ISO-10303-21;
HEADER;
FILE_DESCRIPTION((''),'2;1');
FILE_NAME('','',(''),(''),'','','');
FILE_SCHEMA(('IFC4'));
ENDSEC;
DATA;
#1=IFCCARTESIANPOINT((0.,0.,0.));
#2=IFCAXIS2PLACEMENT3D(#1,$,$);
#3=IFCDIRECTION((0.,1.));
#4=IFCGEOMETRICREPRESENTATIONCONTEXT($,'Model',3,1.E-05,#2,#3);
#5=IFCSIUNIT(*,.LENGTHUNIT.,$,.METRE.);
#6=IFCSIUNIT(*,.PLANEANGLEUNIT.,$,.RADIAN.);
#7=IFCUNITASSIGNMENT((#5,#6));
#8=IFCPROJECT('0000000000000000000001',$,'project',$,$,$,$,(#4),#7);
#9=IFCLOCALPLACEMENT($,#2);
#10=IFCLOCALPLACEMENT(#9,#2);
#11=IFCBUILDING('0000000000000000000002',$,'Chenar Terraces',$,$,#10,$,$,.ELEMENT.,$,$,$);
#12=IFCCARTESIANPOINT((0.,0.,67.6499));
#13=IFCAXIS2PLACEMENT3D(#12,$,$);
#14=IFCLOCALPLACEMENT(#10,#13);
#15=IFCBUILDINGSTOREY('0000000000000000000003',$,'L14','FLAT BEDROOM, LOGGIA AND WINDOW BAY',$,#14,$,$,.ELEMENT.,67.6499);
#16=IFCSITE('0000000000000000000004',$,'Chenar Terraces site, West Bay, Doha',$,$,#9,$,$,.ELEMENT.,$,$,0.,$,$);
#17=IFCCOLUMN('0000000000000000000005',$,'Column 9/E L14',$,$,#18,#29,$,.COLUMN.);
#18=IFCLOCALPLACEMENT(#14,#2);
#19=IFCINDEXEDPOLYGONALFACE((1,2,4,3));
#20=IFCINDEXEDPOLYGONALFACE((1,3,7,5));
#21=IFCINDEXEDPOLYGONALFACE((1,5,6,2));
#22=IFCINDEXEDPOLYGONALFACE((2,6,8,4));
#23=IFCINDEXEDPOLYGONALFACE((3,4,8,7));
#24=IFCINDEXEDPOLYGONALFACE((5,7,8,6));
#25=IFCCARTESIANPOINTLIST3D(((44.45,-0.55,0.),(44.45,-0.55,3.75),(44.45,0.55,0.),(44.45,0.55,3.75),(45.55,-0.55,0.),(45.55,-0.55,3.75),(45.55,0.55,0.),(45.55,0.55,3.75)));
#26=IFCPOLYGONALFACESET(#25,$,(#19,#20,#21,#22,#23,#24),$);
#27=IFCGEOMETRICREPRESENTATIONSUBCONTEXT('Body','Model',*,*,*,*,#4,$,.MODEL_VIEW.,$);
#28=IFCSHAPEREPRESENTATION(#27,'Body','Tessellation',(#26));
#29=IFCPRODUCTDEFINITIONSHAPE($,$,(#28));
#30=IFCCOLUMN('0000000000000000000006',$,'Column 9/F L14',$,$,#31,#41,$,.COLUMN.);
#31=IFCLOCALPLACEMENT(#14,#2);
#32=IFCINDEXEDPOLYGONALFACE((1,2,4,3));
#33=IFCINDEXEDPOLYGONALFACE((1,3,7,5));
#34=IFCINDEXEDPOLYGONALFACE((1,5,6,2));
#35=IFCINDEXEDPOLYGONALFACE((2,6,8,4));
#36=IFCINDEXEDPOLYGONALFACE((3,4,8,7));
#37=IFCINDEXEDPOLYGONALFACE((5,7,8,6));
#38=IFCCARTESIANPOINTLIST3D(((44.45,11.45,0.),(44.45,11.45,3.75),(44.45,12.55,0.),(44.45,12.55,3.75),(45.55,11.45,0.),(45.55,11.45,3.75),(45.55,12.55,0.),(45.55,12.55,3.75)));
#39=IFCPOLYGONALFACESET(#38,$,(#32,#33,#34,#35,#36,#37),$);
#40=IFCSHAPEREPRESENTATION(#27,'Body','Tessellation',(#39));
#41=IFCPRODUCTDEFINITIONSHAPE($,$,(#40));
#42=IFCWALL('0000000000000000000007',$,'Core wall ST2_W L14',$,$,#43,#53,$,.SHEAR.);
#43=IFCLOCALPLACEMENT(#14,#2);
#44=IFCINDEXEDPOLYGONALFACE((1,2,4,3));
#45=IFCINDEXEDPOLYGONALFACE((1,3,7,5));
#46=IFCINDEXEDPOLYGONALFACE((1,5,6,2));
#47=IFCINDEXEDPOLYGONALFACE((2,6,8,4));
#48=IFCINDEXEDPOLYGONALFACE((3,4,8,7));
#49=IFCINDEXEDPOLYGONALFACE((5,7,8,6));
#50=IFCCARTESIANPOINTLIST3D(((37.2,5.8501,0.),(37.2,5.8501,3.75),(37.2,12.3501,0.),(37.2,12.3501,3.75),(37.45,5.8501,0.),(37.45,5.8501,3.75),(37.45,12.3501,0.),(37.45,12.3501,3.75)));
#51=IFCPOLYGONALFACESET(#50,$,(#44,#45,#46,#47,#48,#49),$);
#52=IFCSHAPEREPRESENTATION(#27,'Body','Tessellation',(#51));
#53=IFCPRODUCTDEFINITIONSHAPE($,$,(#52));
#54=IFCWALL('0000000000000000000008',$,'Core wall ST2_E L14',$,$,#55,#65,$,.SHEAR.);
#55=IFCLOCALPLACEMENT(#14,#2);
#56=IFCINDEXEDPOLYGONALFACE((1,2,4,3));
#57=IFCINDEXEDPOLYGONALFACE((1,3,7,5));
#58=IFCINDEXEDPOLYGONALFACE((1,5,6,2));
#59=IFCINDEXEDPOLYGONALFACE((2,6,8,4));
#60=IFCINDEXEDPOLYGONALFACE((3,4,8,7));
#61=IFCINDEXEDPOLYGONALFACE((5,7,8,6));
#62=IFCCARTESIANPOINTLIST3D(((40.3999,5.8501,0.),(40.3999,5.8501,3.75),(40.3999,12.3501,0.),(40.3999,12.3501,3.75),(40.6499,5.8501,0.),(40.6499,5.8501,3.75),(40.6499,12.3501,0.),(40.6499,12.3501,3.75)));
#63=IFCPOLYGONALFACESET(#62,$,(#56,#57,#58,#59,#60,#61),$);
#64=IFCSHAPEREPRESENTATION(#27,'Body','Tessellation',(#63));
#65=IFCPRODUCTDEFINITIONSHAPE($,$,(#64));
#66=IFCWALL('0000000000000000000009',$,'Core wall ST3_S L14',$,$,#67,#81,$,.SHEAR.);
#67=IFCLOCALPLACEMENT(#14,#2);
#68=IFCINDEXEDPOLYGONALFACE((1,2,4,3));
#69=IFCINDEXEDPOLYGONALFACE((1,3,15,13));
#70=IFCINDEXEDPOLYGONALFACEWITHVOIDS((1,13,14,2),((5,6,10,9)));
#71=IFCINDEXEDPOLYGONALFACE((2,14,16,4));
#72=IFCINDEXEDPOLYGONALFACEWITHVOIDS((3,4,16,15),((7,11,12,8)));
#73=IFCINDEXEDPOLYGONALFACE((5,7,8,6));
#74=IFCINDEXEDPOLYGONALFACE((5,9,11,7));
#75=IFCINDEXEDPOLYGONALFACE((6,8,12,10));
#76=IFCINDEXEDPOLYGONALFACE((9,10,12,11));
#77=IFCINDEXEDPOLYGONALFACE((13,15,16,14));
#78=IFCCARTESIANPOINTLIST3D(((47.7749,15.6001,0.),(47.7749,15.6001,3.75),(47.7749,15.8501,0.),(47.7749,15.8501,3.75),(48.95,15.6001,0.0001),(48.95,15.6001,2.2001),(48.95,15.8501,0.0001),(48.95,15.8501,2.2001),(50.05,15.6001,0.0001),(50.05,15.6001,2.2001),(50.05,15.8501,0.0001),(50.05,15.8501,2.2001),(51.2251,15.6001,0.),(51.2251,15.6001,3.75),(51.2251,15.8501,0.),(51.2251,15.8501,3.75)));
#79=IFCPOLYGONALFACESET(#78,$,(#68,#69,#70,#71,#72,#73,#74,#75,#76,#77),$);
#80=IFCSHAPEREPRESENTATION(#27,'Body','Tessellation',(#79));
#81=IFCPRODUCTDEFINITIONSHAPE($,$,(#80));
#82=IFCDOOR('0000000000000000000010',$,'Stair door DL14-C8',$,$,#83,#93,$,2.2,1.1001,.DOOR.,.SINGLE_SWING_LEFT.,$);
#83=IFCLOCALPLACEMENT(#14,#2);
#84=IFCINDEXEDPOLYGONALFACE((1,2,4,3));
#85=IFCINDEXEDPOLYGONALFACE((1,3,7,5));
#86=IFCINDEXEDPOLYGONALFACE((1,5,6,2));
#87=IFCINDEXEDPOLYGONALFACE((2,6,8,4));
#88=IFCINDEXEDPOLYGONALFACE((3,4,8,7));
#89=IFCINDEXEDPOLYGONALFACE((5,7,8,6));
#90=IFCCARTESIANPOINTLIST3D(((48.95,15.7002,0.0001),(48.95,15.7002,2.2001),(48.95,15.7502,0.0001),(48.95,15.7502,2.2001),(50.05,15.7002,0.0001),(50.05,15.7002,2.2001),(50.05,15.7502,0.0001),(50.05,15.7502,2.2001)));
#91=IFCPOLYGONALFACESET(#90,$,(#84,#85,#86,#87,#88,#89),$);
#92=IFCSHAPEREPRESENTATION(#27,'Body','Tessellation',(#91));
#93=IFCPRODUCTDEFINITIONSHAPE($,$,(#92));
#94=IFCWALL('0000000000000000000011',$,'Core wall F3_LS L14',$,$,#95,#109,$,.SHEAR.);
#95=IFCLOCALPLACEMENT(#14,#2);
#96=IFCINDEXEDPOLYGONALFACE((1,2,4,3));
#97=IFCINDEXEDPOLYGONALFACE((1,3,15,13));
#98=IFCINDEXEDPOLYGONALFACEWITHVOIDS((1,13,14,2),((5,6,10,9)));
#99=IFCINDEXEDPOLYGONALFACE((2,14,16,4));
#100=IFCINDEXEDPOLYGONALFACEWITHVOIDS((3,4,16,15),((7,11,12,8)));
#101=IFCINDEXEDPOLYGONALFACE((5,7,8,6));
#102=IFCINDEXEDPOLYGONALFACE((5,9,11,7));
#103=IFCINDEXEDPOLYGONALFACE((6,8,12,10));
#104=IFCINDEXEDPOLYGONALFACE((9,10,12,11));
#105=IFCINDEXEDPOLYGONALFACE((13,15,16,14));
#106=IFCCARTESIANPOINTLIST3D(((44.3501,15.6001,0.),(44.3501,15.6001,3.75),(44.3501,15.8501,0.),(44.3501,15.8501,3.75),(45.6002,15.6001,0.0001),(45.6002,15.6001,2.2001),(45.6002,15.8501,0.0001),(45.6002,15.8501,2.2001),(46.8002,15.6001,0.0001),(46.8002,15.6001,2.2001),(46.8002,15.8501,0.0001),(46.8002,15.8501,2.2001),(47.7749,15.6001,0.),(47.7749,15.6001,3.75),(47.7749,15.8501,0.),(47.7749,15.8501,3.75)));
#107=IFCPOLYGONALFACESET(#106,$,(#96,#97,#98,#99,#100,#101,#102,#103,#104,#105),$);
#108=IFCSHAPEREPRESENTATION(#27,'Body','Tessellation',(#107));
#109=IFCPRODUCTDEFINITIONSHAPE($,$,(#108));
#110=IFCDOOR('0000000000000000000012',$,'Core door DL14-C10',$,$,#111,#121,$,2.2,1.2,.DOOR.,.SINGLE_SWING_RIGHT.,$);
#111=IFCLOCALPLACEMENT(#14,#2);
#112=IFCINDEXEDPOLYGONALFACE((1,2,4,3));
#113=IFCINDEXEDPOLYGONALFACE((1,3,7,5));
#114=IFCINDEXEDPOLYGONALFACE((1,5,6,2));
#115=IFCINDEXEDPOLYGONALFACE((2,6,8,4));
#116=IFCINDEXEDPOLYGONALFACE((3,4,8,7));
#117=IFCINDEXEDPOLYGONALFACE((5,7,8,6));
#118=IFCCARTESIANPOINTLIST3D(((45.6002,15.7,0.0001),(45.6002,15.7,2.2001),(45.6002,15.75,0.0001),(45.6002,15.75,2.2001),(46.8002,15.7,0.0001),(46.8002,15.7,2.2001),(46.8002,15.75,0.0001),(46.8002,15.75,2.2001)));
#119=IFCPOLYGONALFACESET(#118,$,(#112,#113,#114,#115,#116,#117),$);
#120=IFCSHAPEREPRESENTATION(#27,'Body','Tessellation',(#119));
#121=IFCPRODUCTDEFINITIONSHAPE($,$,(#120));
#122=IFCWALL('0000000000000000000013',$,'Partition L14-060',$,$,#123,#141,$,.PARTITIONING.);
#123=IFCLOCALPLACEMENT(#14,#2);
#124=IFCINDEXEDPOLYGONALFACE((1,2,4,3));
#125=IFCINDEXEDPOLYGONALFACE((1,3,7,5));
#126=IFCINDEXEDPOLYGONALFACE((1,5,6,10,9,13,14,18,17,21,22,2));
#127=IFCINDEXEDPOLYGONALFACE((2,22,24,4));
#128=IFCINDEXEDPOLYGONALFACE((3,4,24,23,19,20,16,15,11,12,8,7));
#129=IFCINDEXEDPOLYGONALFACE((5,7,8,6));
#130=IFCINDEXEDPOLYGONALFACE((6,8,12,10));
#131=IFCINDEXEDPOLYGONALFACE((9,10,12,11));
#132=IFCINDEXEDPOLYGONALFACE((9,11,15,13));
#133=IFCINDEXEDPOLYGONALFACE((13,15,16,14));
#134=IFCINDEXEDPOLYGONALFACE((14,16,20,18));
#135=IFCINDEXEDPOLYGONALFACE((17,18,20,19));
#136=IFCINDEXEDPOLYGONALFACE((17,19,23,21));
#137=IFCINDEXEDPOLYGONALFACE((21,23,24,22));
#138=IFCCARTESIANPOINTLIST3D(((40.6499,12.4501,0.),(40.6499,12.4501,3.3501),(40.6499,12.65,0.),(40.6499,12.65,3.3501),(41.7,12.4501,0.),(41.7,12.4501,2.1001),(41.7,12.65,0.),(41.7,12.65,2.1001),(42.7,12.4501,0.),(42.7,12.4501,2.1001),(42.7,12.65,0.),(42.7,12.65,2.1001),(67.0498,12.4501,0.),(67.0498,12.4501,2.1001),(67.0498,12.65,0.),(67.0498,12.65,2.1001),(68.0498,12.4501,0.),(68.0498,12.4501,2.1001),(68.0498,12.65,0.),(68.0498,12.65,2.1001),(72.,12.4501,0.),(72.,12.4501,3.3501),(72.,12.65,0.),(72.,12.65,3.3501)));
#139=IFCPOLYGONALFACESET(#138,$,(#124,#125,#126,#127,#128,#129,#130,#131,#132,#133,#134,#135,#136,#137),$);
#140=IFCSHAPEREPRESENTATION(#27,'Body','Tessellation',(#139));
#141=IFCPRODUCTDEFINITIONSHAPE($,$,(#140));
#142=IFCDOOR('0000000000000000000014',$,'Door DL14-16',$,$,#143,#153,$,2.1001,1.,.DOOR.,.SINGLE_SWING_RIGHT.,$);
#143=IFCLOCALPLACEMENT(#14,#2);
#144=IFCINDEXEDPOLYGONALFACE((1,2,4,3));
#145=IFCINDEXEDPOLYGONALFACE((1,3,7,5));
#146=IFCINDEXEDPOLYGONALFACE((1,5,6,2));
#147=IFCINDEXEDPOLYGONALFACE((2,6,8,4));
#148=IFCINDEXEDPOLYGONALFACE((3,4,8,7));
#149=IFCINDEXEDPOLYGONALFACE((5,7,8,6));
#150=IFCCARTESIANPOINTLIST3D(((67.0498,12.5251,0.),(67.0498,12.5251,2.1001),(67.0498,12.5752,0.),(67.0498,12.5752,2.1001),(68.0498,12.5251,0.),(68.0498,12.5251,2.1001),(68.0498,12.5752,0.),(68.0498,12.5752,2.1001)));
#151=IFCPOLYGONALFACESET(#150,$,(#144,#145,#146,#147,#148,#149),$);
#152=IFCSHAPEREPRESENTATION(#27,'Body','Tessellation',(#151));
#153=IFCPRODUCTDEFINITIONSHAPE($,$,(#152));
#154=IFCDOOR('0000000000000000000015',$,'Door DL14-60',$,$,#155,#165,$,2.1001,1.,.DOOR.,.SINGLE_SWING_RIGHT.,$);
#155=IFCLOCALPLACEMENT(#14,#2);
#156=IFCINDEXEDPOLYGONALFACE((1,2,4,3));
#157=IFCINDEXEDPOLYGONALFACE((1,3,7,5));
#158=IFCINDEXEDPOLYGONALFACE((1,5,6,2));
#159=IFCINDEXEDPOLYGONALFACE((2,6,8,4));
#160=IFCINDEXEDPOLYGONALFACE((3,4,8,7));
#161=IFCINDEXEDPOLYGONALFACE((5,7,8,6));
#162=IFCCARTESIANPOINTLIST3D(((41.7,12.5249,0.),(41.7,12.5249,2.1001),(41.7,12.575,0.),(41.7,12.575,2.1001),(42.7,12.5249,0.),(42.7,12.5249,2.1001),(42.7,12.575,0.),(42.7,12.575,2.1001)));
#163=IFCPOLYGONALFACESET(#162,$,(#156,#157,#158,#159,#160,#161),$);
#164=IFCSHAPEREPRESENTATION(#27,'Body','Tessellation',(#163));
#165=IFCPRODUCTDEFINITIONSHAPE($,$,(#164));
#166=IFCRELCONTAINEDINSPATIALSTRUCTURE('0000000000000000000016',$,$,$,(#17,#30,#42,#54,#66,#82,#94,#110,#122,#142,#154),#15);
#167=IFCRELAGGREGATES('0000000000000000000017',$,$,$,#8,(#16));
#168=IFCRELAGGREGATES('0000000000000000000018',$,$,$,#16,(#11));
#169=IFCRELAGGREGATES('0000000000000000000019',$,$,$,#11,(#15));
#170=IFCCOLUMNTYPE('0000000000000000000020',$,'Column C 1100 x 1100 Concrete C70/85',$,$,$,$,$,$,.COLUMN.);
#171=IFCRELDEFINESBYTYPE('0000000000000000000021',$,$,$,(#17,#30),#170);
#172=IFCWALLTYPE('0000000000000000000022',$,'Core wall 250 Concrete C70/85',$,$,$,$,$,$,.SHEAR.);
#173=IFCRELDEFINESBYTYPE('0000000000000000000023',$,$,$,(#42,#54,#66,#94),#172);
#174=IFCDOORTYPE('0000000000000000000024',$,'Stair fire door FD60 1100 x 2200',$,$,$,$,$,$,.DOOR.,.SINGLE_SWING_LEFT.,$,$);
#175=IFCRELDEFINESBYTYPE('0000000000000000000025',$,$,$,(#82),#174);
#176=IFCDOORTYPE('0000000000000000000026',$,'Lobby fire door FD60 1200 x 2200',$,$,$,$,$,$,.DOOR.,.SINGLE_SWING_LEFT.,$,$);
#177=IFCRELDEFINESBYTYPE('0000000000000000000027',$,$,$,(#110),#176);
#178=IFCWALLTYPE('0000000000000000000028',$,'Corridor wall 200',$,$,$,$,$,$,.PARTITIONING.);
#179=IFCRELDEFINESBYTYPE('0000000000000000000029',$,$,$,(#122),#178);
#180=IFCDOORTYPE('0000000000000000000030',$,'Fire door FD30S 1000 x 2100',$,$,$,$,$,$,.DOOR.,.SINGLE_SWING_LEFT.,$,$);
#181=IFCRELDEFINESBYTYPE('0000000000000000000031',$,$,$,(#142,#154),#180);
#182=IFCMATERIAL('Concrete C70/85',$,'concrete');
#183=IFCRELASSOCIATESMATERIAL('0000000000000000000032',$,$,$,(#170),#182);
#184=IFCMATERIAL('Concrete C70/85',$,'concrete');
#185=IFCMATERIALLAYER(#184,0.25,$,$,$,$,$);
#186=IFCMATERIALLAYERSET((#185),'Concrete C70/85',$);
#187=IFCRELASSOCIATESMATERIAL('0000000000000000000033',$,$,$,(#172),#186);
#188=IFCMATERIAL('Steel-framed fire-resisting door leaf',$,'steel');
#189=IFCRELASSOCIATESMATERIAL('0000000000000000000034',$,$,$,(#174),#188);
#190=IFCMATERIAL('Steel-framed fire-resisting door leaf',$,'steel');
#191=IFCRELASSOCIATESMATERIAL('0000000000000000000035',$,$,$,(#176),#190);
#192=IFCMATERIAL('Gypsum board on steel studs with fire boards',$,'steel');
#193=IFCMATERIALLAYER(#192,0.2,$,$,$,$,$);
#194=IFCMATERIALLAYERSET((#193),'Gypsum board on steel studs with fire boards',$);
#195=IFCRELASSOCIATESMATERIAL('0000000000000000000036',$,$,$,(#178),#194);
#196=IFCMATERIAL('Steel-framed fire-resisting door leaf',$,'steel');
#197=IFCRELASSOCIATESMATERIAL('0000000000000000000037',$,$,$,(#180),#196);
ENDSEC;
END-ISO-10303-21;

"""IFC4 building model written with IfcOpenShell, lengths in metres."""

from ifc_helpers import new_model, si_unit, direction, frame, frame_2d, origin, origin_2d, place, context, subcontext, project, spatial, rectangle, extrude, material, layer, layer_set, material_profile, profile_set, type_object, element, fill, save


model = new_model("IFC4")

# Units and contexts
model_context = context("Model", 3, precision=1e-05, world=origin(), true_north=direction((0.0, 1.0)))
body_context = subcontext(model_context, "Body", "Model", "MODEL_VIEW")
ifc_project = project(units=[si_unit("LENGTHUNIT", "METRE"), si_unit("PLANEANGLEUNIT", "RADIAN")], contexts=[model_context])

# Site, building, storey
site_placement = place(None, origin())
site = spatial("IfcSite", under=ifc_project, at=site_placement, Name="Chenar Terraces site, West Bay, Doha", CompositionType="ELEMENT", RefElevation=0.0)
building_placement = place(site_placement, origin())
building = spatial("IfcBuilding", under=site, at=building_placement, Name="Chenar Terraces", CompositionType="ELEMENT")
storey_placement = place(building_placement, frame((0.0, 0.0, 67.6499)))
storey = spatial("IfcBuildingStorey", under=building, at=storey_placement, Name="L14", Description="FLAT BEDROOM, LOGGIA AND WINDOW BAY", CompositionType="ELEMENT", Elevation=67.6499)

# Columns
ifc_material_1 = material(Name="Concrete C70/85", Category="concrete")
ifc_material_profile = material_profile(ifc_material_1, rectangle(XDim=1.1001, YDim=1.1001, at=origin_2d()), Name="C 1100 x 1100")
ifc_profile_set = profile_set([ifc_material_profile], Name="Concrete C70/85")
column_type = type_object("IfcColumnType", Name="Column C 1100 x 1100 Concrete C70/85", PredefinedType="COLUMN", material=ifc_profile_set)
for number, where, z_axis, x_axis, name in (
    (1, (45.0, 0.0, 0.0), (0.0, 0.0, 1.0), (1.0, 0.0, 0.0), "Column 9/E L14"),
    (2, (45.0, 12.0, 0.0), (0.0, 0.0, 1.0), (1.0, 0.0, 0.0), "Column 9/F L14"),
):
    element("IfcColumn", number, at=place(storey_placement, frame(where, z_axis=z_axis, x_axis=x_axis)), inside=storey, type_object=column_type, Name=name, PredefinedType="COLUMN", context=body_context, shape_type="SweptSolid", body=[
        extrude(rectangle(XDim=1.1001, YDim=1.1001, at=origin_2d()), origin(), (0.0, 0.0, 1.0), 3.75),
    ])

# Walls
ifc_material_2 = material(Name="Concrete C70/85", Category="concrete")
ifc_layer_1 = layer(ifc_material_2, 0.25)
ifc_layer_set_1 = layer_set([ifc_layer_1], Name="Concrete C70/85")
wall_type_1 = type_object("IfcWallType", Name="Core wall 250 Concrete C70/85", PredefinedType="SHEAR", material=ifc_layer_set_1)
for number, where, z_axis, x_axis, name in (
    (3, (37.325, 5.8501, 0.0), (0.0, 0.0, 1.0), (0.0, 1.0, 0.0), "Core wall ST2_W L14"),
    (4, (40.5249, 5.8501, 0.0), (0.0, 0.0, 1.0), (0.0, 1.0, 0.0), "Core wall ST2_E L14"),
):
    element("IfcWall", number, at=place(storey_placement, frame(where, z_axis=z_axis, x_axis=x_axis)), inside=storey, type_object=wall_type_1, Name=name, PredefinedType="SHEAR", context=body_context, shape_type="SweptSolid", body=[
        extrude(rectangle(XDim=6.5, YDim=0.25, at=frame_2d((3.25, 0.0))), origin(), (0.0, 0.0, 1.0), 3.75),
    ])

# Walls, openings, doors
wall_1_placement = place(storey_placement, frame((47.7749, 15.7251, 0.0), z_axis=(0.0, 0.0, 1.0), x_axis=(1.0, 0.0, 0.0)))
wall_1 = element("IfcWall", 5, at=wall_1_placement, inside=storey, type_object=wall_type_1, Name="Core wall ST3_S L14", PredefinedType="SHEAR", context=body_context, shape_type="SweptSolid", body=[
    extrude(rectangle(XDim=3.4502, YDim=0.25, at=frame_2d((1.7251, 0.0))), origin(), (0.0, 0.0, 1.0), 3.75),
])
opening_1_placement = place(wall_1_placement, frame((1.175, 0.0, 0.0)))
opening_1 = element("IfcOpeningElement", 6, at=opening_1_placement, cuts=wall_1, PredefinedType="OPENING", context=body_context, shape_type="SweptSolid", body=[
    extrude(rectangle(XDim=1.1001, YDim=2.2, at=frame_2d((0.55, 1.1001))), frame((0.0, 0.135, 0.0), z_axis=(0.0, -1.0, 0.0), x_axis=(1.0, 0.0, 0.0)), (0.0, 0.0, 1.0), 0.27),
])
ifc_material_3 = material(Name="Steel-framed fire-resisting door leaf", Category="steel")
door_type_1 = type_object("IfcDoorType", Name="Stair fire door FD60 1100 x 2200", OperationType="SINGLE_SWING_LEFT", PredefinedType="DOOR", material=ifc_material_3)
door_1_placement = place(opening_1_placement, frame((1.1001, 0.0, 0.0), z_axis=(0.0, 0.0, 1.0), x_axis=(-1.0, 0.0, 0.0)))
door_1 = element("IfcDoor", 7, at=door_1_placement, inside=storey, type_object=door_type_1, Name="Stair door DL14-C8", OperationType="SINGLE_SWING_LEFT", OverallHeight=2.2, OverallWidth=1.1001, PredefinedType="DOOR", context=body_context, shape_type="SweptSolid", body=[
    extrude(rectangle(XDim=1.1001, YDim=2.2, at=frame_2d((0.55, 1.1001))), frame((0.0, 0.0249, 0.0), z_axis=(0.0, -1.0, 0.0), x_axis=(1.0, 0.0, 0.0)), (0.0, 0.0, 1.0), 0.05),
])
fill(opening_1, door_1)
wall_2_placement = place(storey_placement, frame((44.3501, 15.7251, 0.0), z_axis=(0.0, 0.0, 1.0), x_axis=(1.0, 0.0, 0.0)))
wall_2 = element("IfcWall", 8, at=wall_2_placement, inside=storey, type_object=wall_type_1, Name="Core wall F3_LS L14", PredefinedType="SHEAR", context=body_context, shape_type="SweptSolid", body=[
    extrude(rectangle(XDim=3.4248, YDim=0.25, at=frame_2d((1.7124, 0.0))), origin(), (0.0, 0.0, 1.0), 3.75),
])
opening_2_placement = place(wall_2_placement, frame((1.25, 0.0, 0.0)))
opening_2 = element("IfcOpeningElement", 9, at=opening_2_placement, cuts=wall_2, PredefinedType="OPENING", context=body_context, shape_type="SweptSolid", body=[
    extrude(rectangle(XDim=1.2, YDim=2.2, at=frame_2d((0.6001, 1.1001))), frame((0.0, 0.135, 0.0), z_axis=(0.0, -1.0, 0.0), x_axis=(1.0, 0.0, 0.0)), (0.0, 0.0, 1.0), 0.27),
])
ifc_material_4 = material(Name="Steel-framed fire-resisting door leaf", Category="steel")
door_type_2 = type_object("IfcDoorType", Name="Lobby fire door FD60 1200 x 2200", OperationType="SINGLE_SWING_LEFT", PredefinedType="DOOR", material=ifc_material_4)
door_2_placement = place(opening_2_placement, origin())
door_2 = element("IfcDoor", 10, at=door_2_placement, inside=storey, type_object=door_type_2, Name="Core door DL14-C10", OperationType="SINGLE_SWING_RIGHT", OverallHeight=2.2, OverallWidth=1.2, PredefinedType="DOOR", context=body_context, shape_type="SweptSolid", body=[
    extrude(rectangle(XDim=1.2, YDim=2.2, at=frame_2d((0.6001, 1.1001))), frame((0.0, 0.0249, 0.0), z_axis=(0.0, -1.0, 0.0), x_axis=(1.0, 0.0, 0.0)), (0.0, 0.0, 1.0), 0.05),
])
fill(opening_2, door_2)

# Wall, openings, doors
ifc_material_5 = material(Name="Gypsum board on steel studs with fire boards", Category="steel")
ifc_layer_2 = layer(ifc_material_5, 0.2)
ifc_layer_set_2 = layer_set([ifc_layer_2], Name="Gypsum board on steel studs with fire boards")
wall_type_2 = type_object("IfcWallType", Name="Corridor wall 200", PredefinedType="PARTITIONING", material=ifc_layer_set_2)
wall_3_placement = place(storey_placement, frame((40.6499, 12.55, 0.0), z_axis=(0.0, 0.0, 1.0), x_axis=(1.0, 0.0, 0.0)))
wall_3 = element("IfcWall", 11, at=wall_3_placement, inside=storey, type_object=wall_type_2, Name="Partition L14-060", PredefinedType="PARTITIONING", context=body_context, shape_type="SweptSolid", body=[
    extrude(rectangle(XDim=31.3501, YDim=0.2, at=frame_2d((15.675, 0.0))), origin(), (0.0, 0.0, 1.0), 3.3501),
])
opening_3_placement = place(wall_3_placement, frame((26.3999, 0.0, 0.0)))
opening_3 = element("IfcOpeningElement", 12, at=opening_3_placement, cuts=wall_3, PredefinedType="OPENING", context=body_context, shape_type="SweptSolid", body=[
    extrude(rectangle(XDim=1.0, YDim=2.1001, at=frame_2d((0.5, 1.05))), frame((0.0, 0.1099, 0.0), z_axis=(0.0, -1.0, 0.0), x_axis=(1.0, 0.0, 0.0)), (0.0, 0.0, 1.0), 0.22),
])
opening_4_placement = place(wall_3_placement, frame((1.05, 0.0, 0.0)))
opening_4 = element("IfcOpeningElement", 13, at=opening_4_placement, cuts=wall_3, PredefinedType="OPENING", context=body_context, shape_type="SweptSolid", body=[
    extrude(rectangle(XDim=1.0, YDim=2.1001, at=frame_2d((0.5, 1.05))), frame((0.0, 0.1099, 0.0), z_axis=(0.0, -1.0, 0.0), x_axis=(1.0, 0.0, 0.0)), (0.0, 0.0, 1.0), 0.22),
])
ifc_material_6 = material(Name="Steel-framed fire-resisting door leaf", Category="steel")
door_type_3 = type_object("IfcDoorType", Name="Fire door FD30S 1000 x 2100", OperationType="SINGLE_SWING_LEFT", PredefinedType="DOOR", material=ifc_material_6)
door_3_placement = place(opening_3_placement, frame((1.0, 0.0, 0.0), z_axis=(0.0, 0.0, 1.0), x_axis=(-1.0, 0.0, 0.0)))
door_3 = element("IfcDoor", 14, at=door_3_placement, inside=storey, type_object=door_type_3, Name="Door DL14-16", OperationType="SINGLE_SWING_RIGHT", OverallHeight=2.1001, OverallWidth=1.0, PredefinedType="DOOR", context=body_context, shape_type="SweptSolid", body=[
    extrude(rectangle(XDim=1.0, YDim=2.1001, at=frame_2d((0.5, 1.05))), frame((0.0, 0.0249, 0.0), z_axis=(0.0, -1.0, 0.0), x_axis=(1.0, 0.0, 0.0)), (0.0, 0.0, 1.0), 0.05),
])
fill(opening_3, door_3)
door_4_placement = place(opening_4_placement, origin())
door_4 = element("IfcDoor", 15, at=door_4_placement, inside=storey, type_object=door_type_3, Name="Door DL14-60", OperationType="SINGLE_SWING_RIGHT", OverallHeight=2.1001, OverallWidth=1.0, PredefinedType="DOOR", context=body_context, shape_type="SweptSolid", body=[
    extrude(rectangle(XDim=1.0, YDim=2.1001, at=frame_2d((0.5, 1.05))), frame((0.0, 0.0249, 0.0), z_axis=(0.0, -1.0, 0.0), x_axis=(1.0, 0.0, 0.0)), (0.0, 0.0, 1.0), 0.05),
])
fill(opening_4, door_4)

save(model, "model.ifc")
